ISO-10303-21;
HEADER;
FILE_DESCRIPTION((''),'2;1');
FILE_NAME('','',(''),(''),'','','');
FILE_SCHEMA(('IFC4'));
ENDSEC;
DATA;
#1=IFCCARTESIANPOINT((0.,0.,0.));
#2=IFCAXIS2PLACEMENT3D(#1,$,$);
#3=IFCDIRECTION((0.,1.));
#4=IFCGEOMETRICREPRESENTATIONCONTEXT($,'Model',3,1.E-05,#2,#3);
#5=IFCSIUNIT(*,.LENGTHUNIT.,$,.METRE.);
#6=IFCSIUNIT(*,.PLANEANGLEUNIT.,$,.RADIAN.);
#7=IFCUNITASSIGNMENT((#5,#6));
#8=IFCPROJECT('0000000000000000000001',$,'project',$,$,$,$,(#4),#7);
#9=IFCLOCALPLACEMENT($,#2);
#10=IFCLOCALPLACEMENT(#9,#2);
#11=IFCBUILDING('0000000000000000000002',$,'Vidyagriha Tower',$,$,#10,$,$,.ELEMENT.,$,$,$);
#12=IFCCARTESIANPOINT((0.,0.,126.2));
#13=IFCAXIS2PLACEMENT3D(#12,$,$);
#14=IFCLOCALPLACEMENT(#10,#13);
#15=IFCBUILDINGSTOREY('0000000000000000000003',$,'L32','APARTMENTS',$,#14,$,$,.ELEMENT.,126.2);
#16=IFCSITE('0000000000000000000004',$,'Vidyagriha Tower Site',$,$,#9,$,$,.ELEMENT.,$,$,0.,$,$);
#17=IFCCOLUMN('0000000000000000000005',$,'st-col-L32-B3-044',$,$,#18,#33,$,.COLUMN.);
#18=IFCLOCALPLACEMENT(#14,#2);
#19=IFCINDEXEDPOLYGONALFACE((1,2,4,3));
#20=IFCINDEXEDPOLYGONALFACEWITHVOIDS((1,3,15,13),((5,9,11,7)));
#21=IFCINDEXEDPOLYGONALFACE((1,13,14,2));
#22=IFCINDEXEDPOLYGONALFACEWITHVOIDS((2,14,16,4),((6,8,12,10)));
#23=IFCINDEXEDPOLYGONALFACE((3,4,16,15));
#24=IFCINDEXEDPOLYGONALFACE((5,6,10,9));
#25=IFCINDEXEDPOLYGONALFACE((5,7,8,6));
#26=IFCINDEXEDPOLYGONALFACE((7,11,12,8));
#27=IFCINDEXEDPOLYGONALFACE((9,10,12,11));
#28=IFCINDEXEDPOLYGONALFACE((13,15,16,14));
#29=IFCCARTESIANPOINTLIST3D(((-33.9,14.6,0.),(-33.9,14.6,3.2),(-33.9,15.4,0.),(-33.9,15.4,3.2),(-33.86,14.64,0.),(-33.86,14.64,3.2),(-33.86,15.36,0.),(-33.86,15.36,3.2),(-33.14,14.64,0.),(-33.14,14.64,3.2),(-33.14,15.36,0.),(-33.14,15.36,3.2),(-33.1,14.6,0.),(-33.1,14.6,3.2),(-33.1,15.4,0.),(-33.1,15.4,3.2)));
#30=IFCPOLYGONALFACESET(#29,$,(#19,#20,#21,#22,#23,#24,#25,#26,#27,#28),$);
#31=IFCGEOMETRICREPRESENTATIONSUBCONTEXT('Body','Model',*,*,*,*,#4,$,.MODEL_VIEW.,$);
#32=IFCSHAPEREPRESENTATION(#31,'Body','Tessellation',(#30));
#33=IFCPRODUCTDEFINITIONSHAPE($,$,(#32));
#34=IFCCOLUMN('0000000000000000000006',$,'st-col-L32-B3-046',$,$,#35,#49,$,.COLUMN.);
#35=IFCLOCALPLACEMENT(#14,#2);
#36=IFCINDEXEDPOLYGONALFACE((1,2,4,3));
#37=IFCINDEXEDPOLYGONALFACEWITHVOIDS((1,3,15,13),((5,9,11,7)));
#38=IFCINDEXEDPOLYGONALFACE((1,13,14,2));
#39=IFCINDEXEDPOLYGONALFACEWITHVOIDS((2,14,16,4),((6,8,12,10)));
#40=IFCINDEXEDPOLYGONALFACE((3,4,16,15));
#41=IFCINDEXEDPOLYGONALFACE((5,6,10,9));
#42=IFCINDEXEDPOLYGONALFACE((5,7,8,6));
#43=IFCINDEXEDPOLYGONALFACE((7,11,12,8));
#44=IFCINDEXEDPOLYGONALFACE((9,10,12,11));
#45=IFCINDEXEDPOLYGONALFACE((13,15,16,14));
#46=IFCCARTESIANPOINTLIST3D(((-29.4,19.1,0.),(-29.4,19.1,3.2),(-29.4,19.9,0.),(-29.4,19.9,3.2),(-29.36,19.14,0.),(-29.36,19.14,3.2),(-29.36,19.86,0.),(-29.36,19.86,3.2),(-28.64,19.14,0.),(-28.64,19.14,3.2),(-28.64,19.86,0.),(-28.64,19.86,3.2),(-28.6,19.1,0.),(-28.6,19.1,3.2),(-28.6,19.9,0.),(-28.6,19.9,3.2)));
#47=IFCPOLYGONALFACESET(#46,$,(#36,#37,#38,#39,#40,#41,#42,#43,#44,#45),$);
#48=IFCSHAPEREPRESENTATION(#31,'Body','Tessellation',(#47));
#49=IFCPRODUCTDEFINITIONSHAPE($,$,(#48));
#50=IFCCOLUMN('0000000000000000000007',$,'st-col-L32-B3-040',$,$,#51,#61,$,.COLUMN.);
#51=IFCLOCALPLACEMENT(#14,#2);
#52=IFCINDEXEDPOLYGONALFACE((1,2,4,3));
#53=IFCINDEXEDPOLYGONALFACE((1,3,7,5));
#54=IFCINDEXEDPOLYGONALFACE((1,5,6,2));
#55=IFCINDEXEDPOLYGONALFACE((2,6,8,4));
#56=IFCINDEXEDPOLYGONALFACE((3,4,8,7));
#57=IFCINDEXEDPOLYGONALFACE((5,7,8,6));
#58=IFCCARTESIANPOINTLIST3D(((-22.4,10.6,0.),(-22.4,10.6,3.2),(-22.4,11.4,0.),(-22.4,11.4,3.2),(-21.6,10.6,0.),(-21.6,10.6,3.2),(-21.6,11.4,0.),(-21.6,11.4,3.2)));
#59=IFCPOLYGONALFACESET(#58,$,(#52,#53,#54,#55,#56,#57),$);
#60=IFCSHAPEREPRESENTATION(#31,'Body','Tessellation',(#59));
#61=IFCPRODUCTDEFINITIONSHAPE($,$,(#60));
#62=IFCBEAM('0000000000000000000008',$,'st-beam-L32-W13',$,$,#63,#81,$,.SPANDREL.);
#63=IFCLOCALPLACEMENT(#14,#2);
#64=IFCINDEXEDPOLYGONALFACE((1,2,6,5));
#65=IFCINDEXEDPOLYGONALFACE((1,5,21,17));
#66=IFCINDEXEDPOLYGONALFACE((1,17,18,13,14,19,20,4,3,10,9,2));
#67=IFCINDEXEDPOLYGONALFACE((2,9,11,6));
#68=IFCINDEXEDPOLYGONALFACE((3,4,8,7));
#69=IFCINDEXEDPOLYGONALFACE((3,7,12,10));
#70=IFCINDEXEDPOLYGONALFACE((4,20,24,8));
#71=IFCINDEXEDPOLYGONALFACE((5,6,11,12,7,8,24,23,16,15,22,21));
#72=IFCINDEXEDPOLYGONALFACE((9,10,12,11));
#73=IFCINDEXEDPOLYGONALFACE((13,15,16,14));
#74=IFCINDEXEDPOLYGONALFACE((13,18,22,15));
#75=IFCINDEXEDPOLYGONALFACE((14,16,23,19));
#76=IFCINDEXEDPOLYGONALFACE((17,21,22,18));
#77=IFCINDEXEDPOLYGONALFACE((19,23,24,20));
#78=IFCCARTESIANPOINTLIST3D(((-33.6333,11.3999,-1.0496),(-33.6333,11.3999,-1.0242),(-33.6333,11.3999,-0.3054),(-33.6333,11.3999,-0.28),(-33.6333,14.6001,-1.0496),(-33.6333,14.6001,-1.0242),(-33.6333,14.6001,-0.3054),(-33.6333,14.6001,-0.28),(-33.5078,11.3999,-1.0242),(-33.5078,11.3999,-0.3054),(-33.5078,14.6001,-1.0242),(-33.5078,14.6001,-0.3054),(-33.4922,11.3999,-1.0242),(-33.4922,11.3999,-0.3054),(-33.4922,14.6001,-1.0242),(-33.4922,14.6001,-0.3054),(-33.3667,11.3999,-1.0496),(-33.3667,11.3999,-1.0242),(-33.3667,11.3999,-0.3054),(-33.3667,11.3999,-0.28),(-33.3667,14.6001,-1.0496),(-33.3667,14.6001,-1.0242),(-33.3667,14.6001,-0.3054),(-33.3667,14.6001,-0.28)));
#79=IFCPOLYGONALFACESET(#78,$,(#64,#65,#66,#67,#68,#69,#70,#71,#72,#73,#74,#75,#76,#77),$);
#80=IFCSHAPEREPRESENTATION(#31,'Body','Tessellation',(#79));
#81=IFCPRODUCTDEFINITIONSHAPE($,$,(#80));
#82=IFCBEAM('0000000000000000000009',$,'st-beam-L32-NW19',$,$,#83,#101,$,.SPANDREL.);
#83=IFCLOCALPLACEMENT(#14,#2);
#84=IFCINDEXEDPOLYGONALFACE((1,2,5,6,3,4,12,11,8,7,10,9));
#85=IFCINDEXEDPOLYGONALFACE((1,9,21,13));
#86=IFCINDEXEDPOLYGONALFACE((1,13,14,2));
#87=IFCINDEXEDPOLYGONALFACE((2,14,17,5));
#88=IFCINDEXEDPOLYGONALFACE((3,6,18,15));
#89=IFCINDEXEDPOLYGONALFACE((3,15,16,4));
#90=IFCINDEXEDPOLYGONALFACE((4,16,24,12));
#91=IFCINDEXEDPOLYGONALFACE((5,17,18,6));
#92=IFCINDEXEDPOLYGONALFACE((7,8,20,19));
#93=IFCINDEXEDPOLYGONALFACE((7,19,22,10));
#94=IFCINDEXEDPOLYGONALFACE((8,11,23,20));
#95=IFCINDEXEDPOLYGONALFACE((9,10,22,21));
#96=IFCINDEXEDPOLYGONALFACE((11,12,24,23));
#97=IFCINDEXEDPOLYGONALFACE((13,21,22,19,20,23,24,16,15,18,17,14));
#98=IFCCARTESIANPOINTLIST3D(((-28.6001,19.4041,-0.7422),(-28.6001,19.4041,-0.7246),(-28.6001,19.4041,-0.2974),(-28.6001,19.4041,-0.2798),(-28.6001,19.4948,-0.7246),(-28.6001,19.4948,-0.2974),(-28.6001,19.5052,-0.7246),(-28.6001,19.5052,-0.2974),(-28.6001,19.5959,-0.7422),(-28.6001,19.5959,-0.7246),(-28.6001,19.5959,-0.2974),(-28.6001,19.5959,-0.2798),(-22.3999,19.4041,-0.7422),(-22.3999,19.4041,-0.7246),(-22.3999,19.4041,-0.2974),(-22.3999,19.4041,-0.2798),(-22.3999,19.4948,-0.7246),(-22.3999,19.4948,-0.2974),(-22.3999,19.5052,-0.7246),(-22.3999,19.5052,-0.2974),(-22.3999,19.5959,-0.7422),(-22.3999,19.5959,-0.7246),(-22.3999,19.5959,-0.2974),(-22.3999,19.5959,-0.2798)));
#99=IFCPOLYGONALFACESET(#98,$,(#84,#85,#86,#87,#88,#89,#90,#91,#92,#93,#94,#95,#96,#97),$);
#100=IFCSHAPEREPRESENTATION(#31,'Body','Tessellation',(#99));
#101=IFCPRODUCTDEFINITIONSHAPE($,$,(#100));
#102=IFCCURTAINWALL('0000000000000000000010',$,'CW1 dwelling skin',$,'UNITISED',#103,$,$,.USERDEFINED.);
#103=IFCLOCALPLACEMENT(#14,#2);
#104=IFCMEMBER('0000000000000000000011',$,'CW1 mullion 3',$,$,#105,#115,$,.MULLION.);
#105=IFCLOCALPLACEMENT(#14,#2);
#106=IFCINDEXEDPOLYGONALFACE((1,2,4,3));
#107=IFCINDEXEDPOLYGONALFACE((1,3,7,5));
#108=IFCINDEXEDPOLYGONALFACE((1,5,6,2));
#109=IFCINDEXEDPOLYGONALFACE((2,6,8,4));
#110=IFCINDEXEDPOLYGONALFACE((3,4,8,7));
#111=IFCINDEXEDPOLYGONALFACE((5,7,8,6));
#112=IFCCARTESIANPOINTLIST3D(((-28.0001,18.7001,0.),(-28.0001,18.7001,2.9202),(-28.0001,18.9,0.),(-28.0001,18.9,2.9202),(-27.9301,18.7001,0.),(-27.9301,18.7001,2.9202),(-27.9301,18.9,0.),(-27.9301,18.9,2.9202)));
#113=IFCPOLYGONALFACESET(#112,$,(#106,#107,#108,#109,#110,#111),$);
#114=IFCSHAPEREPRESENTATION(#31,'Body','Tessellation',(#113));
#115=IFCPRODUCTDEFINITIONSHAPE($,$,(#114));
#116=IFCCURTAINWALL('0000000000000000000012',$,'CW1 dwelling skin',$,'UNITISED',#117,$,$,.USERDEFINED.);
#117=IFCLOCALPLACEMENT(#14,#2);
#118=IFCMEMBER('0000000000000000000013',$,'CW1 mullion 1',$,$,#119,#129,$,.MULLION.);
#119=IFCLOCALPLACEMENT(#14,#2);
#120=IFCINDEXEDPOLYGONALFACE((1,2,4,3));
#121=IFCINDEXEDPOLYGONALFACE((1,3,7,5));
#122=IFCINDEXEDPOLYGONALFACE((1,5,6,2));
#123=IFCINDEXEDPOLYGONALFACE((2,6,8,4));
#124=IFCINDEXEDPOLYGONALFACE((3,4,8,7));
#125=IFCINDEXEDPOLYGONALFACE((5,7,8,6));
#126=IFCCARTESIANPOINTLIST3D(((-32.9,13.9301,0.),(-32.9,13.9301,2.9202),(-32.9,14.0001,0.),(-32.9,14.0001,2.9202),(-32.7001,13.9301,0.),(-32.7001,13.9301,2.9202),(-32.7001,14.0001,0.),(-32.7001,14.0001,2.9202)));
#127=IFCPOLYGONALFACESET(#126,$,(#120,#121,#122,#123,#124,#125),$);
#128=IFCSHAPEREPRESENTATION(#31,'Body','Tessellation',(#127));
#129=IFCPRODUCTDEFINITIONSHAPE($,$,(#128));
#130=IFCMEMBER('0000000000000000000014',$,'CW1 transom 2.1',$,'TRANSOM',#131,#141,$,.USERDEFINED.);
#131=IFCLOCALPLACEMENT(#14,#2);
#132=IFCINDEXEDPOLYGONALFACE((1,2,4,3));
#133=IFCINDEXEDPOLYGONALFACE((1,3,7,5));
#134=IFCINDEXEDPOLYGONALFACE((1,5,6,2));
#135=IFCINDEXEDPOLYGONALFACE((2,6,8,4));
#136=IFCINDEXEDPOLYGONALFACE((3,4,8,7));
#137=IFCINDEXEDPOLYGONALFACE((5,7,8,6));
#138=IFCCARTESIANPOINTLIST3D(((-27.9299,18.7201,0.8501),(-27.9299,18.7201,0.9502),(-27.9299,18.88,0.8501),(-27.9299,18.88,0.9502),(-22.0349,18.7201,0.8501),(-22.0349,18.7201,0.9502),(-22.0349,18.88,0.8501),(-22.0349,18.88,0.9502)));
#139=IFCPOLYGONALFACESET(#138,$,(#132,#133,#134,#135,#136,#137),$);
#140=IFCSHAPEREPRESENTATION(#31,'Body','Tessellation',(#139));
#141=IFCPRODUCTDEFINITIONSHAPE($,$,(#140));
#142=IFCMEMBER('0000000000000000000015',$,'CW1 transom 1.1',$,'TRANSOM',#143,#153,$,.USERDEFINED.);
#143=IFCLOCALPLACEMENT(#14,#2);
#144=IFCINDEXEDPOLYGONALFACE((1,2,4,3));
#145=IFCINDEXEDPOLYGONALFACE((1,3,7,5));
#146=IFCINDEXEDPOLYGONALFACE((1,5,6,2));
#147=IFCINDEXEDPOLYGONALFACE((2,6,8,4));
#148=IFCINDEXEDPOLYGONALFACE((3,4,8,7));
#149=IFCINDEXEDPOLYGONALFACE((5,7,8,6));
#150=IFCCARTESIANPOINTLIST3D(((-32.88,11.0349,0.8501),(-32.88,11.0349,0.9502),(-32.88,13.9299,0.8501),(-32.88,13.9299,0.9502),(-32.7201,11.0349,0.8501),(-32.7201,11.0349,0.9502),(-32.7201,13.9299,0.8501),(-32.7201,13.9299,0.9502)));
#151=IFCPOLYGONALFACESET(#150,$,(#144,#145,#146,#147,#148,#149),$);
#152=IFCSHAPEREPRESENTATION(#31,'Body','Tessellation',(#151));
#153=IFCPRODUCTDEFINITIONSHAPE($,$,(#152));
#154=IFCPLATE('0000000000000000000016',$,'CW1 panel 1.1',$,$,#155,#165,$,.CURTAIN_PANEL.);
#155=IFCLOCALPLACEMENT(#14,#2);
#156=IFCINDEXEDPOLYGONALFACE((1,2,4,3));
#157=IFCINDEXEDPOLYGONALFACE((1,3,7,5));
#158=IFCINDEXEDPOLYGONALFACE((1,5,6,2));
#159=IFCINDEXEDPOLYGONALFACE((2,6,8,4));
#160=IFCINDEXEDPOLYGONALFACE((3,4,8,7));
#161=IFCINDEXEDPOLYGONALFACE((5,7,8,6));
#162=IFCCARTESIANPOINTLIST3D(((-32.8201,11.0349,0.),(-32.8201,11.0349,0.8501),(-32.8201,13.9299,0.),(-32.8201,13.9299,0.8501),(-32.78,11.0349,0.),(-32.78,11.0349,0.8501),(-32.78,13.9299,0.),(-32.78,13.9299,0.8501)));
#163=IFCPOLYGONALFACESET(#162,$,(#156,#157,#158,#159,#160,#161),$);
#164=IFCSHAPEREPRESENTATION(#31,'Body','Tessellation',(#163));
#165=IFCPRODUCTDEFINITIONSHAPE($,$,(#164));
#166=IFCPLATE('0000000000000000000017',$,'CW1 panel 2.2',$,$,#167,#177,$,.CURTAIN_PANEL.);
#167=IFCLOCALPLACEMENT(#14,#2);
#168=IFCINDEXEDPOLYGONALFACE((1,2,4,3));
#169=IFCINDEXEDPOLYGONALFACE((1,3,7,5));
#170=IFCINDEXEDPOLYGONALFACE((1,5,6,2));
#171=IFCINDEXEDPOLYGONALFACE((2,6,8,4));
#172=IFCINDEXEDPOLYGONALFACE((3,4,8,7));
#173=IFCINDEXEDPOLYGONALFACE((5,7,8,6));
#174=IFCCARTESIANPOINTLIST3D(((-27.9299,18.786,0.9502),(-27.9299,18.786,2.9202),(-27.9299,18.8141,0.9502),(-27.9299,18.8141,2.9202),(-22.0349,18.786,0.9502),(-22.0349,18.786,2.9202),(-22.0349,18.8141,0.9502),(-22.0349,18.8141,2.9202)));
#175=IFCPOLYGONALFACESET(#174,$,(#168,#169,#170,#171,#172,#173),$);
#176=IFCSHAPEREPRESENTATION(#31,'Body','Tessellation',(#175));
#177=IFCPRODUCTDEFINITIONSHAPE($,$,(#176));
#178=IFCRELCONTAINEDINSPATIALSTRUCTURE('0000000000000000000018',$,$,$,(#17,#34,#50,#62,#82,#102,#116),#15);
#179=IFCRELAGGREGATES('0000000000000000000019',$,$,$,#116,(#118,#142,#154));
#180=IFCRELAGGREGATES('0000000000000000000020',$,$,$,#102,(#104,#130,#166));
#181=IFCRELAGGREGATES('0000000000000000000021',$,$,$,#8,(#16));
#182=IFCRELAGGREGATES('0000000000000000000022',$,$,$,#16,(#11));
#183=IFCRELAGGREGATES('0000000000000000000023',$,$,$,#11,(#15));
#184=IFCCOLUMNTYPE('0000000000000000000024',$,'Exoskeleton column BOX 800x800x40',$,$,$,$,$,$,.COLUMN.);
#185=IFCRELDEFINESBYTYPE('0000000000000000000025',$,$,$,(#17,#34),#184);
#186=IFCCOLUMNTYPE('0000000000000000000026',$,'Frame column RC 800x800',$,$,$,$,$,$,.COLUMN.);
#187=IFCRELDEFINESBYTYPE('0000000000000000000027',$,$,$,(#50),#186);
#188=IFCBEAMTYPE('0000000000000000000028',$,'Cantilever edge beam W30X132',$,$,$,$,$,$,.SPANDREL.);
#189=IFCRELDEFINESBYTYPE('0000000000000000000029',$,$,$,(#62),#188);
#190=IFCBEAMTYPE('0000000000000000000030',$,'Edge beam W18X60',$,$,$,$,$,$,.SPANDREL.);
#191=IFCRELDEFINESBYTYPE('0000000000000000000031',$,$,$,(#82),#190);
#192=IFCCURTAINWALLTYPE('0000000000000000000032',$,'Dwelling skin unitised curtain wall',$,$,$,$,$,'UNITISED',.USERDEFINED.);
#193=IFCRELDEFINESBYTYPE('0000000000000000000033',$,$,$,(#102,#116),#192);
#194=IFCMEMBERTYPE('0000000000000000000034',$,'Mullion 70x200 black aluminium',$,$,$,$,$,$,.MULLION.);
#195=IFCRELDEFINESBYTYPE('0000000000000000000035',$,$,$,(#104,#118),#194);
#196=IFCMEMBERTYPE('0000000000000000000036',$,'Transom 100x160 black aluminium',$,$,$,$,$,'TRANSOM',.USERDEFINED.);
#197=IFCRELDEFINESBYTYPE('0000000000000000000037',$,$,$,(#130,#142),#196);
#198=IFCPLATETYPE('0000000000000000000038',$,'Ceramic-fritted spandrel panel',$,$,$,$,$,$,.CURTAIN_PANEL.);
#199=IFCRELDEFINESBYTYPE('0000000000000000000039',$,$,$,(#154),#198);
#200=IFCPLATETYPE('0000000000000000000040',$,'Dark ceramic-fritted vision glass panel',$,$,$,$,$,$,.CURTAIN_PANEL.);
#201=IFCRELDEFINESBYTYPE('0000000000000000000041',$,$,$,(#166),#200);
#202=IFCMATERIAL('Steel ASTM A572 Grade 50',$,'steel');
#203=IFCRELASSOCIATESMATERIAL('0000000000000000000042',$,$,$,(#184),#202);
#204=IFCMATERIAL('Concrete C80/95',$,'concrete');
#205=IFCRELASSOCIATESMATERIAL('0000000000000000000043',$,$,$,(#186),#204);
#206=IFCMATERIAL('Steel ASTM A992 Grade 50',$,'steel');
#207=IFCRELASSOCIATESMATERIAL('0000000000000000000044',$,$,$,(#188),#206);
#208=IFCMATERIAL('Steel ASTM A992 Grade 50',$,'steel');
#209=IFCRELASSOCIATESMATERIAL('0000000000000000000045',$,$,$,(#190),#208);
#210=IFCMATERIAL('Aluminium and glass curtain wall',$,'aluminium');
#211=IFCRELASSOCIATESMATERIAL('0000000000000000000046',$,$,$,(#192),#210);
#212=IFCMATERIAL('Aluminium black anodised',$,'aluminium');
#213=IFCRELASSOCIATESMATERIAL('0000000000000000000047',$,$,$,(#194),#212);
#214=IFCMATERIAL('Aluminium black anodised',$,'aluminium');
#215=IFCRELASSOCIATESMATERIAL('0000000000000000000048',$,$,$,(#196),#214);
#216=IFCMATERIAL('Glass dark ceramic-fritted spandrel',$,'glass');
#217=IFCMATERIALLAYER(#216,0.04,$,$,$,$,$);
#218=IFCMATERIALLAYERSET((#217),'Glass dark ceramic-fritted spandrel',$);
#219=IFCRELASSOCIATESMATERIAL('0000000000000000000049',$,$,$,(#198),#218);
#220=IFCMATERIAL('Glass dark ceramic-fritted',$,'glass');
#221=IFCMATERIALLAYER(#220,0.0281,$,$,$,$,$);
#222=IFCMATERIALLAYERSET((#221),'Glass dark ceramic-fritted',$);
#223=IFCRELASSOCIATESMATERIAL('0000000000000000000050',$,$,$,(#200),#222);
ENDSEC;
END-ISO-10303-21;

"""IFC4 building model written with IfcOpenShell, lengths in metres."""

from ifc_helpers import new_model, si_unit, direction, frame, origin, origin_2d, place, context, subcontext, project, spatial, rectangle, hollow_rectangle, i_section, extrude, material, layer, layer_set, material_profile, profile_set, type_object, element, aggregate, save


model = new_model("IFC4")

# Units and contexts
model_context = context("Model", 3, precision=1e-05, world=origin(), true_north=direction((0.0, 1.0)))
body_context = subcontext(model_context, "Body", "Model", "MODEL_VIEW")
ifc_project = project(units=[si_unit("LENGTHUNIT", "METRE"), si_unit("PLANEANGLEUNIT", "RADIAN")], contexts=[model_context])

# Site, building, storey
site_placement = place(None, origin())
site = spatial("IfcSite", under=ifc_project, at=site_placement, Name="Vidyagriha Tower Site", CompositionType="ELEMENT", RefElevation=0.0)
building_placement = place(site_placement, origin())
building = spatial("IfcBuilding", under=site, at=building_placement, Name="Vidyagriha Tower", CompositionType="ELEMENT")
storey_placement = place(building_placement, frame((0.0, 0.0, 126.2)))
storey = spatial("IfcBuildingStorey", under=building, at=storey_placement, Name="L32", Description="APARTMENTS", CompositionType="ELEMENT", Elevation=126.2)

# Columns
ifc_material_1 = material(Name="Steel ASTM A572 Grade 50", Category="steel")
ifc_material_profile_1 = material_profile(ifc_material_1, hollow_rectangle(XDim=0.8, YDim=0.8, WallThickness=0.04, at=origin_2d()), Name="BOX 800x800x40")
ifc_profile_set_1 = profile_set([ifc_material_profile_1], Name="Steel ASTM A572 Grade 50")
column_type_1 = type_object("IfcColumnType", Name="Exoskeleton column BOX 800x800x40", PredefinedType="COLUMN", material=ifc_profile_set_1)
for number, where, name in (
    (1, (-33.5, 15.0, 0.0), "st-col-L32-B3-044"),
    (2, (-29.0, 19.5, 0.0), "st-col-L32-B3-046"),
):
    element("IfcColumn", number, at=place(storey_placement, frame(where)), inside=storey, type_object=column_type_1, Name=name, PredefinedType="COLUMN", context=body_context, shape_type="SweptSolid", body=[
        extrude(hollow_rectangle(XDim=0.8, YDim=0.8, WallThickness=0.04, at=origin_2d()), origin(), (0.0, 0.0, 1.0), 3.2),
    ])
ifc_material_2 = material(Name="Concrete C80/95", Category="concrete")
ifc_material_profile_2 = material_profile(ifc_material_2, rectangle(XDim=0.8, YDim=0.8, at=origin_2d()), Name="RC 800x800")
ifc_profile_set_2 = profile_set([ifc_material_profile_2], Name="Concrete C80/95")
column_type_2 = type_object("IfcColumnType", Name="Frame column RC 800x800", PredefinedType="COLUMN", material=ifc_profile_set_2)
column_placement = place(storey_placement, frame((-22.0, 11.0, 0.0)))
element("IfcColumn", 3, at=column_placement, inside=storey, type_object=column_type_2, Name="st-col-L32-B3-040", PredefinedType="COLUMN", context=body_context, shape_type="SweptSolid", body=[
    extrude(rectangle(XDim=0.8, YDim=0.8, at=origin_2d()), origin(), (0.0, 0.0, 1.0), 3.2),
])

# Beams
ifc_material_3 = material(Name="Steel ASTM A992 Grade 50", Category="steel")
ifc_material_profile_3 = material_profile(ifc_material_3, i_section(OverallWidth=0.2666, OverallDepth=0.7695, WebThickness=0.0156, FlangeThickness=0.0254, at=origin_2d()), Name="W30X132")
ifc_profile_set_3 = profile_set([ifc_material_profile_3], Name="Steel ASTM A992 Grade 50")
beam_type_1 = type_object("IfcBeamType", Name="Cantilever edge beam W30X132", PredefinedType="SPANDREL", material=ifc_profile_set_3)
beam_1_placement = place(storey_placement, frame((-33.5, 11.3999, -0.6648), z_axis=(0.0, 1.0, 0.0), x_axis=(-1.0, 0.0, 0.0)))
element("IfcBeam", 4, at=beam_1_placement, inside=storey, type_object=beam_type_1, Name="st-beam-L32-W13", PredefinedType="SPANDREL", context=body_context, shape_type="SweptSolid", body=[
    extrude(i_section(OverallWidth=0.2666, OverallDepth=0.7695, WebThickness=0.0156, FlangeThickness=0.0254, at=origin_2d()), origin(), (0.0, 0.0, 1.0), 3.2002),
])
ifc_material_4 = material(Name="Steel ASTM A992 Grade 50", Category="steel")
ifc_material_profile_4 = material_profile(ifc_material_4, i_section(OverallWidth=0.1919, OverallDepth=0.4624, WebThickness=0.0105, FlangeThickness=0.0176, at=origin_2d()), Name="W18X60")
ifc_profile_set_4 = profile_set([ifc_material_profile_4], Name="Steel ASTM A992 Grade 50")
beam_type_2 = type_object("IfcBeamType", Name="Edge beam W18X60", PredefinedType="SPANDREL", material=ifc_profile_set_4)
beam_2_placement = place(storey_placement, frame((-28.6001, 19.5, -0.511), z_axis=(1.0, 0.0, 0.0), x_axis=(0.0, 1.0, 0.0)))
element("IfcBeam", 5, at=beam_2_placement, inside=storey, type_object=beam_type_2, Name="st-beam-L32-NW19", PredefinedType="SPANDREL", context=body_context, shape_type="SweptSolid", body=[
    extrude(i_section(OverallWidth=0.1919, OverallDepth=0.4624, WebThickness=0.0105, FlangeThickness=0.0176, at=origin_2d()), origin(), (0.0, 0.0, 1.0), 6.2002),
])

# Curtain walls, members
ifc_material_5 = material(Name="Aluminium and glass curtain wall", Category="aluminium")
curtain_wall_type = type_object("IfcCurtainWallType", Name="Dwelling skin unitised curtain wall", ElementType="UNITISED", PredefinedType="USERDEFINED", material=ifc_material_5)
curtain_wall_1_placement = place(storey_placement, origin())
curtain_wall_1 = element("IfcCurtainWall", 6, at=curtain_wall_1_placement, inside=storey, type_object=curtain_wall_type, Name="CW1 dwelling skin", ObjectType="UNITISED", PredefinedType="USERDEFINED")
ifc_material_6 = material(Name="Aluminium black anodised", Category="aluminium")
ifc_material_profile_5 = material_profile(ifc_material_6, rectangle(XDim=0.2, YDim=0.0701, at=origin_2d()), Name="Mullion 70x200 black aluminium")
ifc_profile_set_5 = profile_set([ifc_material_profile_5], Name="Aluminium black anodised")
member_type_1 = type_object("IfcMemberType", Name="Mullion 70x200 black aluminium", PredefinedType="MULLION", material=ifc_profile_set_5)
member_1_placement = place(storey_placement, frame((-27.9651, 18.8, 0.0), z_axis=(0.0, 0.0, 1.0), x_axis=(0.0, -1.0, 0.0)))
member_1 = element("IfcMember", 7, at=member_1_placement, type_object=member_type_1, Name="CW1 mullion 3", PredefinedType="MULLION", context=body_context, shape_type="SweptSolid", body=[
    extrude(rectangle(XDim=0.2, YDim=0.0701, at=origin_2d()), origin(), (0.0, 0.0, 1.0), 2.9202),
])
curtain_wall_2_placement = place(storey_placement, origin())
curtain_wall_2 = element("IfcCurtainWall", 8, at=curtain_wall_2_placement, inside=storey, type_object=curtain_wall_type, Name="CW1 dwelling skin", ObjectType="UNITISED", PredefinedType="USERDEFINED")
member_2_placement = place(storey_placement, frame((-32.8, 13.9651, 0.0)))
member_2 = element("IfcMember", 9, at=member_2_placement, type_object=member_type_1, Name="CW1 mullion 1", PredefinedType="MULLION", context=body_context, shape_type="SweptSolid", body=[
    extrude(rectangle(XDim=0.2, YDim=0.0701, at=origin_2d()), origin(), (0.0, 0.0, 1.0), 2.9202),
])

# Members
ifc_material_7 = material(Name="Aluminium black anodised", Category="aluminium")
ifc_material_profile_6 = material_profile(ifc_material_7, rectangle(XDim=0.1599, YDim=0.1001, at=origin_2d()), Name="Transom 100x160 black aluminium")
ifc_profile_set_6 = profile_set([ifc_material_profile_6], Name="Aluminium black anodised")
member_type_2 = type_object("IfcMemberType", Name="Transom 100x160 black aluminium", ElementType="TRANSOM", PredefinedType="USERDEFINED", material=ifc_profile_set_6)
member_3_placement = place(storey_placement, frame((-22.0349, 18.8, 0.9001), z_axis=(-1.0, 0.0, 0.0), x_axis=(0.0, -1.0, 0.0)))
member_3 = element("IfcMember", 10, at=member_3_placement, type_object=member_type_2, Name="CW1 transom 2.1", ObjectType="TRANSOM", PredefinedType="USERDEFINED", context=body_context, shape_type="SweptSolid", body=[
    extrude(rectangle(XDim=0.1599, YDim=0.1001, at=origin_2d()), origin(), (0.0, 0.0, 1.0), 5.895),
])
member_4_placement = place(storey_placement, frame((-32.8, 13.9299, 0.9001), z_axis=(0.0, -1.0, 0.0), x_axis=(1.0, 0.0, 0.0)))
member_4 = element("IfcMember", 11, at=member_4_placement, type_object=member_type_2, Name="CW1 transom 1.1", ObjectType="TRANSOM", PredefinedType="USERDEFINED", context=body_context, shape_type="SweptSolid", body=[
    extrude(rectangle(XDim=0.1599, YDim=0.1001, at=origin_2d()), origin(), (0.0, 0.0, 1.0), 2.895),
])

# Plates
ifc_material_8 = material(Name="Glass dark ceramic-fritted spandrel", Category="glass")
ifc_layer_1 = layer(ifc_material_8, 0.04)
ifc_layer_set_1 = layer_set([ifc_layer_1], Name="Glass dark ceramic-fritted spandrel")
plate_type_1 = type_object("IfcPlateType", Name="Ceramic-fritted spandrel panel", PredefinedType="CURTAIN_PANEL", material=ifc_layer_set_1)
plate_1_placement = place(storey_placement, frame((-32.8, 12.4824, 0.0), z_axis=(0.0, 0.0, 1.0), x_axis=(0.0, -1.0, 0.0)))
plate_1 = element("IfcPlate", 12, at=plate_1_placement, type_object=plate_type_1, Name="CW1 panel 1.1", PredefinedType="CURTAIN_PANEL", context=body_context, shape_type="SweptSolid", body=[
    extrude(rectangle(XDim=2.895, YDim=0.04, at=origin_2d()), origin(), (0.0, 0.0, 1.0), 0.8501),
])
ifc_material_9 = material(Name="Glass dark ceramic-fritted", Category="glass")
ifc_layer_2 = layer(ifc_material_9, 0.0281)
ifc_layer_set_2 = layer_set([ifc_layer_2], Name="Glass dark ceramic-fritted")
plate_type_2 = type_object("IfcPlateType", Name="Dark ceramic-fritted vision glass panel", PredefinedType="CURTAIN_PANEL", material=ifc_layer_set_2)
plate_2_placement = place(storey_placement, frame((-24.9824, 18.8, 0.9502), z_axis=(0.0, 0.0, 1.0), x_axis=(-1.0, 0.0, 0.0)))
plate_2 = element("IfcPlate", 13, at=plate_2_placement, type_object=plate_type_2, Name="CW1 panel 2.2", PredefinedType="CURTAIN_PANEL", context=body_context, shape_type="SweptSolid", body=[
    extrude(rectangle(XDim=5.895, YDim=0.0281, at=origin_2d()), origin(), (0.0, 0.0, 1.0), 1.97),
])
aggregate(curtain_wall_2, [member_2, member_4, plate_1])
aggregate(curtain_wall_1, [member_1, member_3, plate_2])

save(model, "model.ifc")
